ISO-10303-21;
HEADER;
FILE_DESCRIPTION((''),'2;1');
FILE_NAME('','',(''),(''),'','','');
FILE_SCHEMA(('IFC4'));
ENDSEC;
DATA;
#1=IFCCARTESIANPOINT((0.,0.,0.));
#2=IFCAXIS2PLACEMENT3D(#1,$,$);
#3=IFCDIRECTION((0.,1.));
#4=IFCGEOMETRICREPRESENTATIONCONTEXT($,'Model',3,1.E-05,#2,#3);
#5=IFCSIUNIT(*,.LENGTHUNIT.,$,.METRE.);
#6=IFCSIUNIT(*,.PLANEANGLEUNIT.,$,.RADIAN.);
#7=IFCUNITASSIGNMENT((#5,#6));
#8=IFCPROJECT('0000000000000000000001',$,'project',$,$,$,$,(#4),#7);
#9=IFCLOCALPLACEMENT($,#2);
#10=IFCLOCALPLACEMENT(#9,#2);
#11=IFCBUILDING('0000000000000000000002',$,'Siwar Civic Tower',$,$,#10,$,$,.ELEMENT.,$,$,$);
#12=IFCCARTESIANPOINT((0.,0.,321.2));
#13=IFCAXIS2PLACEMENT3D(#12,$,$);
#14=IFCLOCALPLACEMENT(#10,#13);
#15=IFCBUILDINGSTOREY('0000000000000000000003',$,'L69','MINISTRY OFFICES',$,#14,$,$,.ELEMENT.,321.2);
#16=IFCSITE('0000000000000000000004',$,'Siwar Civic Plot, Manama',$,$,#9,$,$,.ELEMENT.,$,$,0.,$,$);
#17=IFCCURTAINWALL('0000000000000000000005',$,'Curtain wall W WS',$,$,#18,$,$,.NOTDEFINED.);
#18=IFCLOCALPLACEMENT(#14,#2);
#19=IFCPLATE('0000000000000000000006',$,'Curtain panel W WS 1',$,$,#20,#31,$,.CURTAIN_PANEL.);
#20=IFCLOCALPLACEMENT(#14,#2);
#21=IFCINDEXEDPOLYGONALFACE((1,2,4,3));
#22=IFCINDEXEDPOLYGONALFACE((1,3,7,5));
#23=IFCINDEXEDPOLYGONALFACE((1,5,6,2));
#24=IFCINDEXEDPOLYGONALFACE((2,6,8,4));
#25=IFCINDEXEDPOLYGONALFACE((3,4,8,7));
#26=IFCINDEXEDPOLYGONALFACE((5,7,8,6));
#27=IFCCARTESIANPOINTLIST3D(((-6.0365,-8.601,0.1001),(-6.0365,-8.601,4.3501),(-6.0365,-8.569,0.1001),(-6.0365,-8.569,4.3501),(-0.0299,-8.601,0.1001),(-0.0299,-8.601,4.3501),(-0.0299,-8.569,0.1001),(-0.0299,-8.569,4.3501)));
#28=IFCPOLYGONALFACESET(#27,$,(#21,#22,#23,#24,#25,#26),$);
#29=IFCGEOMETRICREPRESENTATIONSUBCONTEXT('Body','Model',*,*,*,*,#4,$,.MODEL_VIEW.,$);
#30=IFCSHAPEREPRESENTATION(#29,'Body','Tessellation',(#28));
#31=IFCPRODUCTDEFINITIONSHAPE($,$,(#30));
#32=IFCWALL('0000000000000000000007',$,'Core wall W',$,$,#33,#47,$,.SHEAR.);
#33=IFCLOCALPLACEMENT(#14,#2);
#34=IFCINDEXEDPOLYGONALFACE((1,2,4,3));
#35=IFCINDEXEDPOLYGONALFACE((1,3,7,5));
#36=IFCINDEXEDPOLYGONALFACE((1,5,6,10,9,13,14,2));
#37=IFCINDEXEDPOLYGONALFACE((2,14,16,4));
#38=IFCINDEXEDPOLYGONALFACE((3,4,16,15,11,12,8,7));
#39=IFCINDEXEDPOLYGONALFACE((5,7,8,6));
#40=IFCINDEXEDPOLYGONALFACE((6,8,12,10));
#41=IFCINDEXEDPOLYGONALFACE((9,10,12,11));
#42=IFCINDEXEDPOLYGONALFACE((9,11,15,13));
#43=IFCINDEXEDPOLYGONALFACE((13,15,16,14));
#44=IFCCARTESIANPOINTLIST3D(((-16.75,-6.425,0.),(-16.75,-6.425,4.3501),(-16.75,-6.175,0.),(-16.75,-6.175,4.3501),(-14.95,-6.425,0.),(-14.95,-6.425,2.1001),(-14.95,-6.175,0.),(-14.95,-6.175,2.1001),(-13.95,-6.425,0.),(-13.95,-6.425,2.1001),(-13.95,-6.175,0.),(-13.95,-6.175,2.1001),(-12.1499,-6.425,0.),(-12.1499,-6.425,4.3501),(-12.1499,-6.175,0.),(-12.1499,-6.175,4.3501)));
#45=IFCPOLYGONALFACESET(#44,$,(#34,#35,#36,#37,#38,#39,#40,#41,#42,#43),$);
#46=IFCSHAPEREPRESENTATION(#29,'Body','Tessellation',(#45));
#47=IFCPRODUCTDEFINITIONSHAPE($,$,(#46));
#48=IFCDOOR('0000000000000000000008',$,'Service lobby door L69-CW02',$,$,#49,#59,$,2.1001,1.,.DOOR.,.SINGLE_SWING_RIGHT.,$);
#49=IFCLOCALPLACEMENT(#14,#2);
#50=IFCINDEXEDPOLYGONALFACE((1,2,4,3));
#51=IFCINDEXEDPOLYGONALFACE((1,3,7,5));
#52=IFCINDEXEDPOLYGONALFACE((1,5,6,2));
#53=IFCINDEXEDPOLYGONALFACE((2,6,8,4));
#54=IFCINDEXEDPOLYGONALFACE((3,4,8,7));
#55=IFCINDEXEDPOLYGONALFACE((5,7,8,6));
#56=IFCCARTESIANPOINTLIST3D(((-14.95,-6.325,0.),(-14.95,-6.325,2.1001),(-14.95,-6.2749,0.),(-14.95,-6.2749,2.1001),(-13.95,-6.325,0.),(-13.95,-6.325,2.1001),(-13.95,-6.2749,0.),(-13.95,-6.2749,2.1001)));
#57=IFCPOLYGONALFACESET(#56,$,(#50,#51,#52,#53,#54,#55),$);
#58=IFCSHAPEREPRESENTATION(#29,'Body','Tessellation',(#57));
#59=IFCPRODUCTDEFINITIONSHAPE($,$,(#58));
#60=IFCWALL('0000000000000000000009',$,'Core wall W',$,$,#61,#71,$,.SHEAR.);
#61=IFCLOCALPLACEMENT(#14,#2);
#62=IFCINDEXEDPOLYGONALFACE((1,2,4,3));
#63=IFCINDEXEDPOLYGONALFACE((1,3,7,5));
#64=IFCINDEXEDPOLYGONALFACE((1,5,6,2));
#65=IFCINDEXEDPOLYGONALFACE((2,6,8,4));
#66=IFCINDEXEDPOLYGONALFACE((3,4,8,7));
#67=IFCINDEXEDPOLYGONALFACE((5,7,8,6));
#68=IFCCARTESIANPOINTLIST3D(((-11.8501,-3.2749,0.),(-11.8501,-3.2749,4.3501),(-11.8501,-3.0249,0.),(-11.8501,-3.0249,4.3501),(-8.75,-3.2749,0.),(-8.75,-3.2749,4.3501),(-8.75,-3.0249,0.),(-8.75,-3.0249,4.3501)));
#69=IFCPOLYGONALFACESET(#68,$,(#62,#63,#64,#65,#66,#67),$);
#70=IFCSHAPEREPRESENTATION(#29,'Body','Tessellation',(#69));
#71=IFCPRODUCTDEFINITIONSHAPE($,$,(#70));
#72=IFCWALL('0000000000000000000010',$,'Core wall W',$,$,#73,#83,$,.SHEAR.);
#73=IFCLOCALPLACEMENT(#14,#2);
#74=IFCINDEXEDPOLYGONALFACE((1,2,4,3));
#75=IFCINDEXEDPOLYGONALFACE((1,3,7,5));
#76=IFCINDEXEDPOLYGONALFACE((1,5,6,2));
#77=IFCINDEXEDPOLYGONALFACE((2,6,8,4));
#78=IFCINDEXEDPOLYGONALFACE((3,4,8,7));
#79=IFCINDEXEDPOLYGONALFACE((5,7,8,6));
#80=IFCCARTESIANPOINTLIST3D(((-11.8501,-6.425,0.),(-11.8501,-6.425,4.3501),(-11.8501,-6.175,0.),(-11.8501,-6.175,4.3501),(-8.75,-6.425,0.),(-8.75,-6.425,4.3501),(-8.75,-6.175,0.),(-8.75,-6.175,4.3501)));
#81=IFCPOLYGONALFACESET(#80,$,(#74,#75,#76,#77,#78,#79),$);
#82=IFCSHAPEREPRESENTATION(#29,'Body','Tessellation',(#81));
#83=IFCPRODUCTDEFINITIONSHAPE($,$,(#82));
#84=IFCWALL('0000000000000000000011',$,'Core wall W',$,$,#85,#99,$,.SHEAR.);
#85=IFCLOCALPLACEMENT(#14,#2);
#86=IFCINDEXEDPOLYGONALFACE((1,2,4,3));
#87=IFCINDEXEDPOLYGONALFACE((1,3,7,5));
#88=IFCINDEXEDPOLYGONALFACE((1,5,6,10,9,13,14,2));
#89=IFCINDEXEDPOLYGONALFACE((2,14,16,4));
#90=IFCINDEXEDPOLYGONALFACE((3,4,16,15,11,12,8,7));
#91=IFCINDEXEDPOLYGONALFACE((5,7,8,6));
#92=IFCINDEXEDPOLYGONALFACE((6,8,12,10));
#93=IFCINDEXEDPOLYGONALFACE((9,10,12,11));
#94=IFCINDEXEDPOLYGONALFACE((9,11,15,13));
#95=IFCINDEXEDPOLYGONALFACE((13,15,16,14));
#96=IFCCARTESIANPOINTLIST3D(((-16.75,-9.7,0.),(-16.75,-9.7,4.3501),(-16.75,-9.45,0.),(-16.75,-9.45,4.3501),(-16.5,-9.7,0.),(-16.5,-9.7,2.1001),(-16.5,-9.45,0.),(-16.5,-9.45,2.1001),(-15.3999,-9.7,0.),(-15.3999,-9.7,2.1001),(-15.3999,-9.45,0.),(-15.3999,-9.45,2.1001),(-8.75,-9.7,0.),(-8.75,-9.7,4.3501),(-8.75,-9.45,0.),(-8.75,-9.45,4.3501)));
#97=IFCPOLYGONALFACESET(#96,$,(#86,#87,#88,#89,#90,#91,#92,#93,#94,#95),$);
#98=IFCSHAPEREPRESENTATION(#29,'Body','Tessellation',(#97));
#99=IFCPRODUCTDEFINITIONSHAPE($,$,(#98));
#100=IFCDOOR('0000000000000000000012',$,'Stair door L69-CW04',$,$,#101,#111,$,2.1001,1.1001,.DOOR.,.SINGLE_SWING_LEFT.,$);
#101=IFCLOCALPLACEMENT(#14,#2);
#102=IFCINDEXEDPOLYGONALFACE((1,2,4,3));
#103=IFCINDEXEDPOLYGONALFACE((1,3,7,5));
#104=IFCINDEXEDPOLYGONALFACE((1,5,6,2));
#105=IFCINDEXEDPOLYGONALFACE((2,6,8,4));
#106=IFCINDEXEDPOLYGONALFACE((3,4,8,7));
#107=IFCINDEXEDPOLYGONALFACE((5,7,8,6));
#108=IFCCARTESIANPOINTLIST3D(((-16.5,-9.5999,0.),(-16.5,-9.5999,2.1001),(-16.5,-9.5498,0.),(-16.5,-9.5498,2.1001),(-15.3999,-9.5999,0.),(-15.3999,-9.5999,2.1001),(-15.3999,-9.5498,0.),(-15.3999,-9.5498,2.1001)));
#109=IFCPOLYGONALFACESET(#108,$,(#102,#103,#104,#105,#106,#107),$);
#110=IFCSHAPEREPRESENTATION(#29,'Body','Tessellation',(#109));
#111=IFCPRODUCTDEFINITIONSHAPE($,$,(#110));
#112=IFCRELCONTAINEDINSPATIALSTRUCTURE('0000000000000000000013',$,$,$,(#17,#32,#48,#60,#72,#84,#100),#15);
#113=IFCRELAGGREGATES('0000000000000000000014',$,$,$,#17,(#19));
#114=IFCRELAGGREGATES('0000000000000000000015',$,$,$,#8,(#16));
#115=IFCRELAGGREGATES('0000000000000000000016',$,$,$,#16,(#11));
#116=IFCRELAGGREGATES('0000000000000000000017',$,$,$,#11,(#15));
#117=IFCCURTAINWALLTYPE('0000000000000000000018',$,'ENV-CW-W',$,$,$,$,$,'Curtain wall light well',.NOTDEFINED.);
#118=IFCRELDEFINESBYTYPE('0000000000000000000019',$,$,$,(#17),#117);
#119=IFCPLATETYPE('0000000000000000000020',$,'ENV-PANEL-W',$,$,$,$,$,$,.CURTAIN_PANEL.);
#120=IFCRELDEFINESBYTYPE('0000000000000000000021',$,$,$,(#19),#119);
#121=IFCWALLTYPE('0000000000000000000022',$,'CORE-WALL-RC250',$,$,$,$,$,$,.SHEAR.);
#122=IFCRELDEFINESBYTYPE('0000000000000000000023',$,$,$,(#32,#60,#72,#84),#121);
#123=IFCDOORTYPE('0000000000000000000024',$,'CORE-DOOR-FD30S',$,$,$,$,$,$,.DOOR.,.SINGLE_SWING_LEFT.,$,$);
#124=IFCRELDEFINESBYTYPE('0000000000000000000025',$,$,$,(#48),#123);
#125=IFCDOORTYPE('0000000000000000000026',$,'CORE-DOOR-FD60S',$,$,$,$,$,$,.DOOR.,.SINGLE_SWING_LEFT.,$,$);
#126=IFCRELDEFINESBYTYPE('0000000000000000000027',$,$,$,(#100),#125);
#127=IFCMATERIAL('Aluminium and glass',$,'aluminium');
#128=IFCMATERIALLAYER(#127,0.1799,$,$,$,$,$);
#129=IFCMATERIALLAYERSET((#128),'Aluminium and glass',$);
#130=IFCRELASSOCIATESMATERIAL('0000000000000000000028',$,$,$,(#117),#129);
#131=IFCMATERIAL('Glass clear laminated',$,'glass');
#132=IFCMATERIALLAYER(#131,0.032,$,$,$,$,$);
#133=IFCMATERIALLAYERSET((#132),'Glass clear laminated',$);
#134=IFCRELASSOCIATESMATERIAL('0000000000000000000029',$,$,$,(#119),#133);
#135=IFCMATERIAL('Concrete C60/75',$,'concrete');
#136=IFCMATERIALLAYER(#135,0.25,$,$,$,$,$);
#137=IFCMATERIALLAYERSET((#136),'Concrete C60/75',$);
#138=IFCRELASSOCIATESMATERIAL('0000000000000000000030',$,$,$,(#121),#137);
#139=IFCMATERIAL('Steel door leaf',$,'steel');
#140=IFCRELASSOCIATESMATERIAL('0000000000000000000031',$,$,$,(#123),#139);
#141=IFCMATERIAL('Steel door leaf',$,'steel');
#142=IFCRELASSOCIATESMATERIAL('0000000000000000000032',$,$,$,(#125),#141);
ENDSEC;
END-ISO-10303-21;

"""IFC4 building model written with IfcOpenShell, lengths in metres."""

from ifc_helpers import new_model, si_unit, direction, frame, frame_2d, origin, origin_2d, place, context, subcontext, project, spatial, rectangle, extrude, material, layer, layer_set, type_object, element, fill, aggregate, save


model = new_model("IFC4")

# Units and contexts
model_context = context("Model", 3, precision=1e-05, world=origin(), true_north=direction((0.0, 1.0)))
body_context = subcontext(model_context, "Body", "Model", "MODEL_VIEW")
ifc_project = project(units=[si_unit("LENGTHUNIT", "METRE"), si_unit("PLANEANGLEUNIT", "RADIAN")], contexts=[model_context])

# Site, building, storey
site_placement = place(None, origin())
site = spatial("IfcSite", under=ifc_project, at=site_placement, Name="Siwar Civic Plot, Manama", CompositionType="ELEMENT", RefElevation=0.0)
building_placement = place(site_placement, origin())
building = spatial("IfcBuilding", under=site, at=building_placement, Name="Siwar Civic Tower", CompositionType="ELEMENT")
storey_placement = place(building_placement, frame((0.0, 0.0, 321.2)))
storey = spatial("IfcBuildingStorey", under=building, at=storey_placement, Name="L69", Description="MINISTRY OFFICES", CompositionType="ELEMENT", Elevation=321.2)

# Curtain wall
ifc_material_1 = material(Name="Aluminium and glass", Category="aluminium")
ifc_layer_1 = layer(ifc_material_1, 0.1799)
ifc_layer_set_1 = layer_set([ifc_layer_1], Name="Aluminium and glass")
curtain_wall_type = type_object("IfcCurtainWallType", Name="ENV-CW-W", ElementType="Curtain wall light well", PredefinedType="NOTDEFINED", material=ifc_layer_set_1)
curtain_wall_placement = place(storey_placement, origin())
curtain_wall = element("IfcCurtainWall", 1, at=curtain_wall_placement, inside=storey, type_object=curtain_wall_type, Name="Curtain wall W WS", PredefinedType="NOTDEFINED")

# Plate
ifc_material_2 = material(Name="Glass clear laminated", Category="glass")
ifc_layer_2 = layer(ifc_material_2, 0.032)
ifc_layer_set_2 = layer_set([ifc_layer_2], Name="Glass clear laminated")
plate_type = type_object("IfcPlateType", Name="ENV-PANEL-W", PredefinedType="CURTAIN_PANEL", material=ifc_layer_set_2)
plate_placement = place(storey_placement, frame((-3.0332, -8.585, 0.1001), z_axis=(0.0, 0.0, 1.0), x_axis=(1.0, 0.0, 0.0)))
plate = element("IfcPlate", 2, at=plate_placement, type_object=plate_type, Name="Curtain panel W WS 1", PredefinedType="CURTAIN_PANEL", context=body_context, shape_type="SweptSolid", body=[
    extrude(rectangle(XDim=6.0066, YDim=0.032, at=origin_2d()), origin(), (0.0, 0.0, 1.0), 4.25),
])
aggregate(curtain_wall, [plate])

# Wall, opening, door
ifc_material_3 = material(Name="Concrete C60/75", Category="concrete")
ifc_layer_3 = layer(ifc_material_3, 0.25)
ifc_layer_set_3 = layer_set([ifc_layer_3], Name="Concrete C60/75")
wall_type_1 = type_object("IfcWallType", Name="CORE-WALL-RC250", PredefinedType="SHEAR", material=ifc_layer_set_3)
wall_1_placement = place(storey_placement, frame((-12.1499, -6.3, 0.0), z_axis=(0.0, 0.0, 1.0), x_axis=(-1.0, 0.0, 0.0)))
wall_1 = element("IfcWall", 3, at=wall_1_placement, inside=storey, type_object=wall_type_1, Name="Core wall W", PredefinedType="SHEAR", context=body_context, shape_type="SweptSolid", body=[
    extrude(rectangle(XDim=4.6001, YDim=0.25, at=frame_2d((2.3, 0.0))), origin(), (0.0, 0.0, 1.0), 4.3501),
])
opening_1_placement = place(wall_1_placement, frame((1.8, 0.0, 0.0)))
opening_1 = element("IfcOpeningElement", 4, at=opening_1_placement, cuts=wall_1, PredefinedType="OPENING", context=body_context, shape_type="SweptSolid", body=[
    extrude(rectangle(XDim=1.0, YDim=2.1001, at=frame_2d((0.5, 1.05))), frame((0.0, 0.135, 0.0), z_axis=(0.0, -1.0, 0.0), x_axis=(1.0, 0.0, 0.0)), (0.0, 0.0, 1.0), 0.27),
])
ifc_material_4 = material(Name="Steel door leaf", Category="steel")
door_type_1 = type_object("IfcDoorType", Name="CORE-DOOR-FD30S", OperationType="SINGLE_SWING_LEFT", PredefinedType="DOOR", material=ifc_material_4)
door_1_placement = place(opening_1_placement, origin())
door_1 = element("IfcDoor", 5, at=door_1_placement, inside=storey, type_object=door_type_1, Name="Service lobby door L69-CW02", OperationType="SINGLE_SWING_RIGHT", OverallHeight=2.1001, OverallWidth=1.0, PredefinedType="DOOR", context=body_context, shape_type="SweptSolid", body=[
    extrude(rectangle(XDim=1.0, YDim=2.1001, at=frame_2d((0.5, 1.05))), frame((0.0, 0.0249, 0.0), z_axis=(0.0, -1.0, 0.0), x_axis=(1.0, 0.0, 0.0)), (0.0, 0.0, 1.0), 0.05),
])
fill(opening_1, door_1)

# Walls
for number, where, z_axis, x_axis, name in (
    (6, (-8.75, -3.1499, 0.0), (0.0, 0.0, 1.0), (-1.0, 0.0, 0.0), "Core wall W"),
    (7, (-8.75, -6.3, 0.0), (0.0, 0.0, 1.0), (-1.0, 0.0, 0.0), "Core wall W"),
):
    element("IfcWall", number, at=place(storey_placement, frame(where, z_axis=z_axis, x_axis=x_axis)), inside=storey, type_object=wall_type_1, Name=name, PredefinedType="SHEAR", context=body_context, shape_type="SweptSolid", body=[
        extrude(rectangle(XDim=3.1001, YDim=0.25, at=frame_2d((1.55, 0.0))), origin(), (0.0, 0.0, 1.0), 4.3501),
    ])

# Wall, opening, door
wall_2_placement = place(storey_placement, frame((-8.75, -9.575, 0.0), z_axis=(0.0, 0.0, 1.0), x_axis=(-1.0, 0.0, 0.0)))
wall_2 = element("IfcWall", 8, at=wall_2_placement, inside=storey, type_object=wall_type_1, Name="Core wall W", PredefinedType="SHEAR", context=body_context, shape_type="SweptSolid", body=[
    extrude(rectangle(XDim=8.0, YDim=0.25, at=frame_2d((4.0, 0.0))), origin(), (0.0, 0.0, 1.0), 4.3501),
])
opening_2_placement = place(wall_2_placement, frame((6.6499, 0.0, 0.0)))
opening_2 = element("IfcOpeningElement", 9, at=opening_2_placement, cuts=wall_2, PredefinedType="OPENING", context=body_context, shape_type="SweptSolid", body=[
    extrude(rectangle(XDim=1.1001, YDim=2.1001, at=frame_2d((0.55, 1.05))), frame((0.0, 0.135, 0.0), z_axis=(0.0, -1.0, 0.0), x_axis=(1.0, 0.0, 0.0)), (0.0, 0.0, 1.0), 0.27),
])
ifc_material_5 = material(Name="Steel door leaf", Category="steel")
door_type_2 = type_object("IfcDoorType", Name="CORE-DOOR-FD60S", OperationType="SINGLE_SWING_LEFT", PredefinedType="DOOR", material=ifc_material_5)
door_2_placement = place(opening_2_placement, origin())
door_2 = element("IfcDoor", 10, at=door_2_placement, inside=storey, type_object=door_type_2, Name="Stair door L69-CW04", OperationType="SINGLE_SWING_LEFT", OverallHeight=2.1001, OverallWidth=1.1001, PredefinedType="DOOR", context=body_context, shape_type="SweptSolid", body=[
    extrude(rectangle(XDim=1.1001, YDim=2.1001, at=frame_2d((0.55, 1.05))), frame((0.0, 0.0249, 0.0), z_axis=(0.0, -1.0, 0.0), x_axis=(1.0, 0.0, 0.0)), (0.0, 0.0, 1.0), 0.05),
])
fill(opening_2, door_2)

save(model, "model.ifc")
